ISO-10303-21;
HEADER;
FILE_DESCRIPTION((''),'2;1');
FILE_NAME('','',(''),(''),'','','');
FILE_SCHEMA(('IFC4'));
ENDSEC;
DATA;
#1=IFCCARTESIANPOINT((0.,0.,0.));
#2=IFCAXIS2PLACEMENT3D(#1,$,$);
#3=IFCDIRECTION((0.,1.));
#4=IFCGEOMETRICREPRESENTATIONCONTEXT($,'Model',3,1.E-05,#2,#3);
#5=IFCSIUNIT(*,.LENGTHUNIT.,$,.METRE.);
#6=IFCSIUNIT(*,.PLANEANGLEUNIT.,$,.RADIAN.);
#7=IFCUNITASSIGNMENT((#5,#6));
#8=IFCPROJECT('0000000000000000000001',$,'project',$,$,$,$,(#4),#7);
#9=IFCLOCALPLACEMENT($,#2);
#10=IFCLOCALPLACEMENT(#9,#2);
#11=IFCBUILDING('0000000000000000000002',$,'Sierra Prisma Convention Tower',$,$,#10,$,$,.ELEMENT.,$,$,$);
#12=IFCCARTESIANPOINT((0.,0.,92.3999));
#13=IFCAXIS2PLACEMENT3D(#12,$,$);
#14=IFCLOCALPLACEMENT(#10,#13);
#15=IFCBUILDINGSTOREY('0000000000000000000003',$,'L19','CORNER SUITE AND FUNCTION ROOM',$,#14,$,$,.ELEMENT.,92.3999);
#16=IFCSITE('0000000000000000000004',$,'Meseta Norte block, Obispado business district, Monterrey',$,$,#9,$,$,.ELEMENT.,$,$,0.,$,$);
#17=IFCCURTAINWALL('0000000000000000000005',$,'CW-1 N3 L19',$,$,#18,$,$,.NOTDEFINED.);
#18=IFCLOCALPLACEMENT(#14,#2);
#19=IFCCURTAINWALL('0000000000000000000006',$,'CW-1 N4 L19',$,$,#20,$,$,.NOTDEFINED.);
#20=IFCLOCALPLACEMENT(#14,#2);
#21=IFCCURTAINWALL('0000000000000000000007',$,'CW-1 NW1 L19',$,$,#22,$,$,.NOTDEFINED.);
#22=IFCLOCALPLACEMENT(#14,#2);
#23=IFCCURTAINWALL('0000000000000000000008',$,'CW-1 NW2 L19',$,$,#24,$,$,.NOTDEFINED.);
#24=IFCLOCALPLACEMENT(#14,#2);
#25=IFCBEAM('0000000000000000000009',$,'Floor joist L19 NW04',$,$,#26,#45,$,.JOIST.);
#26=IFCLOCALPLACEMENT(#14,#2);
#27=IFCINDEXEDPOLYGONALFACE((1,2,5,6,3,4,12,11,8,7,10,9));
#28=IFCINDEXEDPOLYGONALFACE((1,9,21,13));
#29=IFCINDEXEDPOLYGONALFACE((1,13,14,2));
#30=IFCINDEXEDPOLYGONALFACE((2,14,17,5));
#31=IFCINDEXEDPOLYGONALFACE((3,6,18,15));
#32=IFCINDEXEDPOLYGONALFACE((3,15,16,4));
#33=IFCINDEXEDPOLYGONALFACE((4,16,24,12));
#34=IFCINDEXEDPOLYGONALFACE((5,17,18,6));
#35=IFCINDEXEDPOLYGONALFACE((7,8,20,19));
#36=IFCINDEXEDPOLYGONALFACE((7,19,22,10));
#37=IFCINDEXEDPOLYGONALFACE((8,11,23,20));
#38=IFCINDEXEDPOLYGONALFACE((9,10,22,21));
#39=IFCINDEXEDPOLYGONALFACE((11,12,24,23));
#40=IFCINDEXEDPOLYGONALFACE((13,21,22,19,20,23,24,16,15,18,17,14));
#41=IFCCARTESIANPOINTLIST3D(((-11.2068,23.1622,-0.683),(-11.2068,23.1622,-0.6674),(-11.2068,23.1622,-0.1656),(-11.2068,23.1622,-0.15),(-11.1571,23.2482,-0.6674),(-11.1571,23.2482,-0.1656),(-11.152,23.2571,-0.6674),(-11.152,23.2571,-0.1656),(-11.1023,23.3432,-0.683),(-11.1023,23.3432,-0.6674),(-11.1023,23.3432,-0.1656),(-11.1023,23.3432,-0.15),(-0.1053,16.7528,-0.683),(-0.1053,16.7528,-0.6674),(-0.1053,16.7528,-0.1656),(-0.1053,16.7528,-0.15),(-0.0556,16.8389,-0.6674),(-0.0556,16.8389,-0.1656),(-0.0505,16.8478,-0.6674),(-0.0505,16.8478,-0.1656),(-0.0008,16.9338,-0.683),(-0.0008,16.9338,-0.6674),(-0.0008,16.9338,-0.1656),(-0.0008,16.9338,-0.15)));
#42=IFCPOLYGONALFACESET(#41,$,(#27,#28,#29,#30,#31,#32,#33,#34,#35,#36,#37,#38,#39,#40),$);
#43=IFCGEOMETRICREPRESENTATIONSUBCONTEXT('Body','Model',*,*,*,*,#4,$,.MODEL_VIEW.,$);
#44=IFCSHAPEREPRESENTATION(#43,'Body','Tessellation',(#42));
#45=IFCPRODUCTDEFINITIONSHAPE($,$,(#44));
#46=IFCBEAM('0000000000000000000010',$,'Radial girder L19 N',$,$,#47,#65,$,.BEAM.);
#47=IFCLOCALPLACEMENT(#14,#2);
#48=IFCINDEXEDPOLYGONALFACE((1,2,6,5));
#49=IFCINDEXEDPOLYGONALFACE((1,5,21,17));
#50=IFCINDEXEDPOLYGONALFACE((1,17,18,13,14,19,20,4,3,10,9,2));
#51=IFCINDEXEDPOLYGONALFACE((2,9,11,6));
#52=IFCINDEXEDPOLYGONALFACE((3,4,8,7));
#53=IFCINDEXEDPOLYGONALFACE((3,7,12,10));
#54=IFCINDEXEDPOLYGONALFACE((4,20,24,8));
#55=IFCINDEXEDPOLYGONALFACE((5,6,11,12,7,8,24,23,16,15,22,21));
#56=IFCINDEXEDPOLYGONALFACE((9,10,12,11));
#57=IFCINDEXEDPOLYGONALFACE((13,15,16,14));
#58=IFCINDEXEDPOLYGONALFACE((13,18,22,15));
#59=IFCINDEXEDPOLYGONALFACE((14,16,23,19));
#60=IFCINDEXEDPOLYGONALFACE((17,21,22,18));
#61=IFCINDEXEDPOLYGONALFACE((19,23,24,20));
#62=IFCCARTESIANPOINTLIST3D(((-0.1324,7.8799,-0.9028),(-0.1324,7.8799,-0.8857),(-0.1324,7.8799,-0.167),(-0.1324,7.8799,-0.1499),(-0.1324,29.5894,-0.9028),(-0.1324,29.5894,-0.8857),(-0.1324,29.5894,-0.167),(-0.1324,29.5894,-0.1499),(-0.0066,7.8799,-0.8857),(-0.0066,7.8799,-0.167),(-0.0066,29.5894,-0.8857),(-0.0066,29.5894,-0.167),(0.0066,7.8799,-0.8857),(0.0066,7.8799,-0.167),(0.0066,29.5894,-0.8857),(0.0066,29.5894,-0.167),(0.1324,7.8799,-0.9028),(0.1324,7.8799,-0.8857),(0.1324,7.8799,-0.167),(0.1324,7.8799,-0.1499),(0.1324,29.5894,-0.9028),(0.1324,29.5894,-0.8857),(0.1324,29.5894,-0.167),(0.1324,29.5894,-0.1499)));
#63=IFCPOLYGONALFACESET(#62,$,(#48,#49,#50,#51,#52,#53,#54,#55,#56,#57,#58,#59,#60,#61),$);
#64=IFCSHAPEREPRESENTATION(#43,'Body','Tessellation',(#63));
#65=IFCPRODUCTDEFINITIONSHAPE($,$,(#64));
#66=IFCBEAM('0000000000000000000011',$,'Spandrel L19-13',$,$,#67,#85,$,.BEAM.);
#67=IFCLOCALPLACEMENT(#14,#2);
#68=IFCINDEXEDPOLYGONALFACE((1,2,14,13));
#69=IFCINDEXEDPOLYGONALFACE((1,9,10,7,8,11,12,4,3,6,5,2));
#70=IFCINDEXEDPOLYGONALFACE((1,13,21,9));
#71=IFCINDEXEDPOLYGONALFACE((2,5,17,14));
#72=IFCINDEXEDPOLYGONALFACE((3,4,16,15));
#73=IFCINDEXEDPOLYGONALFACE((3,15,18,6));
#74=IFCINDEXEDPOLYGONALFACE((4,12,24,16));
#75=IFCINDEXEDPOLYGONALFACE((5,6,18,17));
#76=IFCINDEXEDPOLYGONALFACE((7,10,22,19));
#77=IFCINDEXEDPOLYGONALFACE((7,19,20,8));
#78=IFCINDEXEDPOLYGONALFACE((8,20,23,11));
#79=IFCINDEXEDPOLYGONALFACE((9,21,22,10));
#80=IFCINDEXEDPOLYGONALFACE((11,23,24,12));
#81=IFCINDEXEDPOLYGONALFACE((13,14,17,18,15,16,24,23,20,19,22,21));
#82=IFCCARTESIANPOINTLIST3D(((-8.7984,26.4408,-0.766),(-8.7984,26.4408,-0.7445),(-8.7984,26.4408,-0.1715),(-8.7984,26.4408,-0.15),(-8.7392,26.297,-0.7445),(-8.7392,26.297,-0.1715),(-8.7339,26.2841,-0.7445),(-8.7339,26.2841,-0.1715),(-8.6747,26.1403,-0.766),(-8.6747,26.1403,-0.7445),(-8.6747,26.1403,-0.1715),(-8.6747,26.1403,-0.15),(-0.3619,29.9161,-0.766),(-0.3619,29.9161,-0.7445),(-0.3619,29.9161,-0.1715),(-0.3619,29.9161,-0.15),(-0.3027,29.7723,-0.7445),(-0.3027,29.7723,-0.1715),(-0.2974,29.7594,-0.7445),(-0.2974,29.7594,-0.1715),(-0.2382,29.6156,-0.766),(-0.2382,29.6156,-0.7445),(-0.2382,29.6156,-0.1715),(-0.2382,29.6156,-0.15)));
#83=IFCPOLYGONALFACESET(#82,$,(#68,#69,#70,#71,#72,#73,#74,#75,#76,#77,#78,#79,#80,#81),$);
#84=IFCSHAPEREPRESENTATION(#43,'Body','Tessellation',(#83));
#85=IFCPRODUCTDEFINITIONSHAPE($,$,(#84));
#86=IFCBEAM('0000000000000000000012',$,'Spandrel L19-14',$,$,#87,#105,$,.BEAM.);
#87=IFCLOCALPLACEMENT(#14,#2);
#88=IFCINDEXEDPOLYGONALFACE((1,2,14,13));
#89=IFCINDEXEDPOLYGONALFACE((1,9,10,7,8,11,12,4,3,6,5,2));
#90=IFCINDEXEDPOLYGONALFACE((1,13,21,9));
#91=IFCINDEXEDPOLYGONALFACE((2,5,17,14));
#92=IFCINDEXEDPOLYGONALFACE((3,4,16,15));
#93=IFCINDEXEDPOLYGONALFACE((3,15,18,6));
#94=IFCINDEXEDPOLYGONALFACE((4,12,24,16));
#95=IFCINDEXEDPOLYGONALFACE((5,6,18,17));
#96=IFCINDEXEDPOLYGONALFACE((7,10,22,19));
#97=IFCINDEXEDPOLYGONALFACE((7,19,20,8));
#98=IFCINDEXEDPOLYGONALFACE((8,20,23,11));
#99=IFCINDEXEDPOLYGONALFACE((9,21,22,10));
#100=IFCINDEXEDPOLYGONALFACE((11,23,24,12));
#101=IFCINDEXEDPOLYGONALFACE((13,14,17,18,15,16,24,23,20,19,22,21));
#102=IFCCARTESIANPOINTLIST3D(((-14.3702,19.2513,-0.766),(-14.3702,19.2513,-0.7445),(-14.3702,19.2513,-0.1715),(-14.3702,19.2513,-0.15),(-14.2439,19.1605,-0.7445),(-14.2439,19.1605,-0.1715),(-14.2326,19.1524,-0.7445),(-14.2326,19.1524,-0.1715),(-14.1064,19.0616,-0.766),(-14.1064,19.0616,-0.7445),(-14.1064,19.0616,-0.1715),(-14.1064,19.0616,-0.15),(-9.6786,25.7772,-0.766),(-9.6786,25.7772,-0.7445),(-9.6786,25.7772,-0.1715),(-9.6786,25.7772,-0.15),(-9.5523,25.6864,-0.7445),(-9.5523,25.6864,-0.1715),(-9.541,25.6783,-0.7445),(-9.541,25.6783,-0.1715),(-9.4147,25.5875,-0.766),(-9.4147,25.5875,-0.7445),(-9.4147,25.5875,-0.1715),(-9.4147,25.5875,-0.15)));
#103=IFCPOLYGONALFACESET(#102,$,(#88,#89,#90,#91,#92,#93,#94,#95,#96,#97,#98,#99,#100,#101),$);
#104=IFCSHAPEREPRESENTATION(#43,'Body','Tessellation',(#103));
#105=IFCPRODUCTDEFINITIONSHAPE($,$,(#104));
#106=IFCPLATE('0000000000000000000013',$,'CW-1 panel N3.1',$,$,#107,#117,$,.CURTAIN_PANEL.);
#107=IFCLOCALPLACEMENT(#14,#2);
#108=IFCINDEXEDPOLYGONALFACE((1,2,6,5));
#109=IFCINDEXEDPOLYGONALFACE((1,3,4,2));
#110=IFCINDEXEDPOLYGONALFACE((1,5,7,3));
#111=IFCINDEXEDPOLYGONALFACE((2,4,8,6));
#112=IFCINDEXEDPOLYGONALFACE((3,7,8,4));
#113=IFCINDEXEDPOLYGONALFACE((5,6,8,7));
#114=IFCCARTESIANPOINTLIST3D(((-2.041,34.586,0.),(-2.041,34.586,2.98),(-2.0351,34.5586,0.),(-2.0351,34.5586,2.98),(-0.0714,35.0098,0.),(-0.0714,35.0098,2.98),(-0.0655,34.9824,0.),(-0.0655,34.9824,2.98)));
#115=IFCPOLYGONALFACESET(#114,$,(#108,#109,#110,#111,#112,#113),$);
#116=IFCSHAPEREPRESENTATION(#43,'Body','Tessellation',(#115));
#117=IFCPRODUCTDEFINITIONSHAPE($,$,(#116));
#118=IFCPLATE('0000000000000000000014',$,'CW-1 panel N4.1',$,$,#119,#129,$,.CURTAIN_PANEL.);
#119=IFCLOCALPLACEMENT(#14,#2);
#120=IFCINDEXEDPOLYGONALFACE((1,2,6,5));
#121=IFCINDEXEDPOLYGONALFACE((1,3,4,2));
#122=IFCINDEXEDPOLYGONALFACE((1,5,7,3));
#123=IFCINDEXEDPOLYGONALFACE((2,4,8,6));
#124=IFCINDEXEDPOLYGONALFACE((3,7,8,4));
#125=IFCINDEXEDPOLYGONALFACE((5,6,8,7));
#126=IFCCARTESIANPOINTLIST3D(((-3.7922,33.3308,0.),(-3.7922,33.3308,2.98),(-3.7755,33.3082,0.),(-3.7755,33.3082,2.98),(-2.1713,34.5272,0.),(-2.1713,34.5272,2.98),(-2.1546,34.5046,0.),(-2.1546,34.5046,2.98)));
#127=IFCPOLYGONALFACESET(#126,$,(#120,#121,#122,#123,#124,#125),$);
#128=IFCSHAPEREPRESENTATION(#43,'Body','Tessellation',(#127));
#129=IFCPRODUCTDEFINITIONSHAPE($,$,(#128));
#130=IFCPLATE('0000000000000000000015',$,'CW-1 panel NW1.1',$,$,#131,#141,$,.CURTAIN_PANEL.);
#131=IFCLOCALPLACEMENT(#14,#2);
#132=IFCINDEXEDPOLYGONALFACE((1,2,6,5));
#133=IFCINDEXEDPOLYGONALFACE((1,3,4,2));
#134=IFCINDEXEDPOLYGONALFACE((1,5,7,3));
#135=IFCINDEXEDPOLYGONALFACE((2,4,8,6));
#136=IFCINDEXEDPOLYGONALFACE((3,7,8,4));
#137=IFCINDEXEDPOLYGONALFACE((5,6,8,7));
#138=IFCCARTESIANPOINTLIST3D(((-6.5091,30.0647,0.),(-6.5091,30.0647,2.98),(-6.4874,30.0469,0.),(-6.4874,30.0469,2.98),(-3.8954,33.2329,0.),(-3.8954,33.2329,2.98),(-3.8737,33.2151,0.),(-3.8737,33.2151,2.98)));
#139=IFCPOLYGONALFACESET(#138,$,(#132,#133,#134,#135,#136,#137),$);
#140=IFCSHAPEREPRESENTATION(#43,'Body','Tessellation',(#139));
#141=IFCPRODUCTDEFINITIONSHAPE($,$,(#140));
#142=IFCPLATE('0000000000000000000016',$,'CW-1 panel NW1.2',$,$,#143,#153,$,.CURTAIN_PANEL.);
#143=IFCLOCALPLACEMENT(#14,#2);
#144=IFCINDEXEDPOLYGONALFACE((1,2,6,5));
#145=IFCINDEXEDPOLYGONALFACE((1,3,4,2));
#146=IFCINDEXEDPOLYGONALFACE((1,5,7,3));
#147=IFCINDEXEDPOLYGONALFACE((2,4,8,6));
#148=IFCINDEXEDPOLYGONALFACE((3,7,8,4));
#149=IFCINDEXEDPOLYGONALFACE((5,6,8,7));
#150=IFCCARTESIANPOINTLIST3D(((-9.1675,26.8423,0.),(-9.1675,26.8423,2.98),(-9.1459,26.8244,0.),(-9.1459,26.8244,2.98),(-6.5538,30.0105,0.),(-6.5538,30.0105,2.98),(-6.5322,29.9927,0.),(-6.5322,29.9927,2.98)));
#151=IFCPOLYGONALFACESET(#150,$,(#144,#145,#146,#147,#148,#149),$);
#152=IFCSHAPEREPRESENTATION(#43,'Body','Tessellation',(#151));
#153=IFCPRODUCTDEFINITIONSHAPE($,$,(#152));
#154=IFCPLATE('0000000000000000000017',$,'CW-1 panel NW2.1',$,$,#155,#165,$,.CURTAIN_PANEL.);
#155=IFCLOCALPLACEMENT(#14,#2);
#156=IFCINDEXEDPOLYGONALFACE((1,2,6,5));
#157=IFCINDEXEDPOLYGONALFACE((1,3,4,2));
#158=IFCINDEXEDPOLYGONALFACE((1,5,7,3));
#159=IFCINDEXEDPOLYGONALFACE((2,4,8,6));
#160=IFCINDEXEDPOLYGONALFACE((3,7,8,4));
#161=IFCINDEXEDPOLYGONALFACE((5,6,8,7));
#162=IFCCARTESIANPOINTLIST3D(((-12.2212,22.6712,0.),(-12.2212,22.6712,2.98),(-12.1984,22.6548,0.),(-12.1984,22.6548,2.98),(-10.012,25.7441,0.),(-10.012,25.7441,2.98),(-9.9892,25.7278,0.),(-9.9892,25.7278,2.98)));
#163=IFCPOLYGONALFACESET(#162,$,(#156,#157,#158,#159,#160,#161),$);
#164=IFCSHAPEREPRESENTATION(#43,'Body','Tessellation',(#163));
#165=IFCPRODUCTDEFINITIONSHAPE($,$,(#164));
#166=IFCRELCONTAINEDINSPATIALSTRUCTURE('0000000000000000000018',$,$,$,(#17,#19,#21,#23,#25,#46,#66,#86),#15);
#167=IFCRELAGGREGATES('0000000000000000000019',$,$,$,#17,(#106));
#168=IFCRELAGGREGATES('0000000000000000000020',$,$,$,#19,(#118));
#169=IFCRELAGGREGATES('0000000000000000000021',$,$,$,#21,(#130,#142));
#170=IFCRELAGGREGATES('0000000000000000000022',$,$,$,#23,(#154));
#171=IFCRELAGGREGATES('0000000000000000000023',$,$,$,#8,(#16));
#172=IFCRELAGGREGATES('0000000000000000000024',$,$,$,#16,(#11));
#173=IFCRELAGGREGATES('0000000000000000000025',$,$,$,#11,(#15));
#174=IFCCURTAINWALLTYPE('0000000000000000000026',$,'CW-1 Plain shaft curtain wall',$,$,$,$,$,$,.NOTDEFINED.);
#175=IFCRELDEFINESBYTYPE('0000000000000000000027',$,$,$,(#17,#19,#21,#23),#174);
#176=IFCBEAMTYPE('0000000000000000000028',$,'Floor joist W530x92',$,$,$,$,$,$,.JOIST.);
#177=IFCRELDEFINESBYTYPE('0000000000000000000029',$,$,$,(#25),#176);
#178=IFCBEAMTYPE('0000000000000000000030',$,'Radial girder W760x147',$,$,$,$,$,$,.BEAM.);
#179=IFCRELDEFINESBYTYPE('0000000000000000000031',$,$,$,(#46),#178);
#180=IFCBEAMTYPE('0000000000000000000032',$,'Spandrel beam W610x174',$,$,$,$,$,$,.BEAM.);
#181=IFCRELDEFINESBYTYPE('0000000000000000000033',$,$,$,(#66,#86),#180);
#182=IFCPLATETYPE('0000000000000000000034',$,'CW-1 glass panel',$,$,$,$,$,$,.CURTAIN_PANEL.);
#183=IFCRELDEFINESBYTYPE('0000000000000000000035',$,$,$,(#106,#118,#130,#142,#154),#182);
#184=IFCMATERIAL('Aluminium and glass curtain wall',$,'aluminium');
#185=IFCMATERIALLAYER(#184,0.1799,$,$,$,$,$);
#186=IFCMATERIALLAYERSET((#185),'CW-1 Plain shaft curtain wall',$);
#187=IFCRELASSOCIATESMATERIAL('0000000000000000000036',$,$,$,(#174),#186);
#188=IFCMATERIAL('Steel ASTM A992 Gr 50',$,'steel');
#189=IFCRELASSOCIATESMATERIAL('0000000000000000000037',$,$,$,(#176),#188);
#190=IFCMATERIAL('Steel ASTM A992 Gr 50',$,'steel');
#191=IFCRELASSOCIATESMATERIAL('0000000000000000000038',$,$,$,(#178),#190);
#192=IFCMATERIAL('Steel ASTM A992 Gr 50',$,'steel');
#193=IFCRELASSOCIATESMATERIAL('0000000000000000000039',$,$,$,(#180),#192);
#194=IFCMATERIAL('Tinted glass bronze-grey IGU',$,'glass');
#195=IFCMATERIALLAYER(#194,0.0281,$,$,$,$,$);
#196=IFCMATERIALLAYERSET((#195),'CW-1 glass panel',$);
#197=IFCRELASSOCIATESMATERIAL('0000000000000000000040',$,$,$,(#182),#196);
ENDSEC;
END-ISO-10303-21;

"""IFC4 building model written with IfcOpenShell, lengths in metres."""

from ifc_helpers import new_model, si_unit, direction, frame, origin, origin_2d, place, context, subcontext, project, spatial, rectangle, i_section, extrude, material, layer, layer_set, material_profile, profile_set, type_object, element, aggregate, save


model = new_model("IFC4")

# Units and contexts
model_context = context("Model", 3, precision=1e-05, world=origin(), true_north=direction((0.0, 1.0)))
body_context = subcontext(model_context, "Body", "Model", "MODEL_VIEW")
ifc_project = project(units=[si_unit("LENGTHUNIT", "METRE"), si_unit("PLANEANGLEUNIT", "RADIAN")], contexts=[model_context])

# Site, building, storey
site_placement = place(None, origin())
site = spatial("IfcSite", under=ifc_project, at=site_placement, Name="Meseta Norte block, Obispado business district, Monterrey", CompositionType="ELEMENT", RefElevation=0.0)
building_placement = place(site_placement, origin())
building = spatial("IfcBuilding", under=site, at=building_placement, Name="Sierra Prisma Convention Tower", CompositionType="ELEMENT")
storey_placement = place(building_placement, frame((0.0, 0.0, 92.3999)))
storey = spatial("IfcBuildingStorey", under=building, at=storey_placement, Name="L19", Description="CORNER SUITE AND FUNCTION ROOM", CompositionType="ELEMENT", Elevation=92.3999)

# Curtain walls
ifc_material_1 = material(Name="Aluminium and glass curtain wall", Category="aluminium")
ifc_layer_1 = layer(ifc_material_1, 0.1799)
ifc_layer_set_1 = layer_set([ifc_layer_1], Name="CW-1 Plain shaft curtain wall")
curtain_wall_type = type_object("IfcCurtainWallType", Name="CW-1 Plain shaft curtain wall", PredefinedType="NOTDEFINED", material=ifc_layer_set_1)
curtain_wall_1_placement = place(storey_placement, origin())
curtain_wall_1 = element("IfcCurtainWall", 1, at=curtain_wall_1_placement, inside=storey, type_object=curtain_wall_type, Name="CW-1 N3 L19", PredefinedType="NOTDEFINED")
curtain_wall_2_placement = place(storey_placement, origin())
curtain_wall_2 = element("IfcCurtainWall", 2, at=curtain_wall_2_placement, inside=storey, type_object=curtain_wall_type, Name="CW-1 N4 L19", PredefinedType="NOTDEFINED")

# Curtain wall
curtain_wall_3_placement = place(storey_placement, origin())
curtain_wall_3 = element("IfcCurtainWall", 3, at=curtain_wall_3_placement, inside=storey, type_object=curtain_wall_type, Name="CW-1 NW1 L19", PredefinedType="NOTDEFINED")

# Curtain wall
curtain_wall_4_placement = place(storey_placement, origin())
curtain_wall_4 = element("IfcCurtainWall", 4, at=curtain_wall_4_placement, inside=storey, type_object=curtain_wall_type, Name="CW-1 NW2 L19", PredefinedType="NOTDEFINED")

# Beams
ifc_material_2 = material(Name="Steel ASTM A992 Gr 50", Category="steel")
ifc_material_profile_1 = material_profile(ifc_material_2, i_section(OverallWidth=0.209, OverallDepth=0.533, WebThickness=0.0103, FlangeThickness=0.0156, at=origin_2d()), Name="W530x92")
ifc_profile_set_1 = profile_set([ifc_material_profile_1], Name="Steel ASTM A992 Gr 50")
beam_type_1 = type_object("IfcBeamType", Name="Floor joist W530x92", PredefinedType="JOIST", material=ifc_profile_set_1)
beam_1_placement = place(storey_placement, frame((-11.1545, 23.2527, -0.4165), z_axis=(0.866028, -0.499996, 0.0), x_axis=(0.499996, 0.866028, 0.0)))
element("IfcBeam", 5, at=beam_1_placement, inside=storey, type_object=beam_type_1, Name="Floor joist L19 NW04", PredefinedType="JOIST", context=body_context, shape_type="SweptSolid", body=[
    extrude(i_section(OverallWidth=0.209, OverallDepth=0.533, WebThickness=0.0103, FlangeThickness=0.0156, at=origin_2d()), origin(), (0.0, 0.0, 1.0), 12.8188),
])
ifc_material_3 = material(Name="Steel ASTM A992 Gr 50", Category="steel")
ifc_material_profile_2 = material_profile(ifc_material_3, i_section(OverallWidth=0.2649, OverallDepth=0.7529, WebThickness=0.0132, FlangeThickness=0.0171, at=origin_2d()), Name="W760x147")
ifc_profile_set_2 = profile_set([ifc_material_profile_2], Name="Steel ASTM A992 Gr 50")
beam_type_2 = type_object("IfcBeamType", Name="Radial girder W760x147", PredefinedType="BEAM", material=ifc_profile_set_2)
beam_2_placement = place(storey_placement, frame((0.0, 29.5894, -0.5264), z_axis=(0.0, -1.0, 0.0), x_axis=(1.0, 0.0, 0.0)))
element("IfcBeam", 6, at=beam_2_placement, inside=storey, type_object=beam_type_2, Name="Radial girder L19 N", PredefinedType="BEAM", context=body_context, shape_type="SweptSolid", body=[
    extrude(i_section(OverallWidth=0.2649, OverallDepth=0.7529, WebThickness=0.0132, FlangeThickness=0.0171, at=origin_2d()), origin(), (0.0, 0.0, 1.0), 21.7095),
])
ifc_material_4 = material(Name="Steel ASTM A992 Gr 50", Category="steel")
ifc_material_profile_3 = material_profile(ifc_material_4, i_section(OverallWidth=0.325, OverallDepth=0.616, WebThickness=0.0139, FlangeThickness=0.0215, at=origin_2d()), Name="W610x174")
ifc_profile_set_3 = profile_set([ifc_material_profile_3], Name="Steel ASTM A992 Gr 50")
beam_type_3 = type_object("IfcBeamType", Name="Spandrel beam W610x174", PredefinedType="BEAM", material=ifc_profile_set_3)
beam_3_placement = place(storey_placement, frame((-0.3, 29.7659, -0.458), z_axis=(-0.924621, -0.380888, 0.0), x_axis=(0.380888, -0.924621, 0.0)))
element("IfcBeam", 7, at=beam_3_placement, inside=storey, type_object=beam_type_3, Name="Spandrel L19-13", PredefinedType="BEAM", context=body_context, shape_type="SweptSolid", body=[
    extrude(i_section(OverallWidth=0.325, OverallDepth=0.616, WebThickness=0.0139, FlangeThickness=0.0215, at=origin_2d()), origin(), (0.0, 0.0, 1.0), 9.1243),
])
beam_4_placement = place(storey_placement, frame((-9.5466, 25.6824, -0.458), z_axis=(-0.583732, -0.811946, 0.0), x_axis=(0.811946, -0.583732, 0.0)))
element("IfcBeam", 8, at=beam_4_placement, inside=storey, type_object=beam_type_3, Name="Spandrel L19-14", PredefinedType="BEAM", context=body_context, shape_type="SweptSolid", body=[
    extrude(i_section(OverallWidth=0.325, OverallDepth=0.616, WebThickness=0.0139, FlangeThickness=0.0215, at=origin_2d()), origin(), (0.0, 0.0, 1.0), 8.0374),
])

# Plates
ifc_material_5 = material(Name="Tinted glass bronze-grey IGU", Category="glass")
ifc_layer_2 = layer(ifc_material_5, 0.0281)
ifc_layer_set_2 = layer_set([ifc_layer_2], Name="CW-1 glass panel")
plate_type = type_object("IfcPlateType", Name="CW-1 glass panel", PredefinedType="CURTAIN_PANEL", material=ifc_layer_set_2)
plate_1_placement = place(storey_placement, frame((-1.0532, 34.7842, 0.0), z_axis=(0.0, 0.0, 1.0), x_axis=(-0.977624, -0.21036, 0.0)))
plate_1 = element("IfcPlate", 9, at=plate_1_placement, type_object=plate_type, Name="CW-1 panel N3.1", PredefinedType="CURTAIN_PANEL", context=body_context, shape_type="SweptSolid", body=[
    extrude(rectangle(XDim=2.0146, YDim=0.0281, at=origin_2d()), origin(), (0.0, 0.0, 1.0), 2.98),
])
aggregate(curtain_wall_1, [plate_1])
plate_2_placement = place(storey_placement, frame((-2.9734, 33.9177, 0.0), z_axis=(0.0, 0.0, 1.0), x_axis=(-0.804579, -0.593846, 0.0)))
plate_2 = element("IfcPlate", 10, at=plate_2_placement, type_object=plate_type, Name="CW-1 panel N4.1", PredefinedType="CURTAIN_PANEL", context=body_context, shape_type="SweptSolid", body=[
    extrude(rectangle(XDim=2.0146, YDim=0.0281, at=origin_2d()), origin(), (0.0, 0.0, 1.0), 2.98),
])
aggregate(curtain_wall_2, [plate_2])
plate_3_placement = place(storey_placement, frame((-5.1914, 31.6399, 0.0), z_axis=(0.0, 0.0, 1.0), x_axis=(-0.636371, -0.771383, 0.0)))
plate_3 = element("IfcPlate", 11, at=plate_3_placement, type_object=plate_type, Name="CW-1 panel NW1.1", PredefinedType="CURTAIN_PANEL", context=body_context, shape_type="SweptSolid", body=[
    extrude(rectangle(XDim=4.1072, YDim=0.0281, at=origin_2d()), origin(), (0.0, 0.0, 1.0), 2.98),
])
plate_4_placement = place(storey_placement, frame((-7.8499, 28.4175, 0.0), z_axis=(0.0, 0.0, 1.0), x_axis=(-0.636371, -0.771383, 0.0)))
plate_4 = element("IfcPlate", 12, at=plate_4_placement, type_object=plate_type, Name="CW-1 panel NW1.2", PredefinedType="CURTAIN_PANEL", context=body_context, shape_type="SweptSolid", body=[
    extrude(rectangle(XDim=4.1072, YDim=0.0281, at=origin_2d()), origin(), (0.0, 0.0, 1.0), 2.98),
])
aggregate(curtain_wall_3, [plate_3, plate_4])
plate_5_placement = place(storey_placement, frame((-11.1052, 24.1995, 0.0), z_axis=(0.0, 0.0, 1.0), x_axis=(-0.583726, -0.811951, 0.0)))
plate_5 = element("IfcPlate", 13, at=plate_5_placement, type_object=plate_type, Name="CW-1 panel NW2.1", PredefinedType="CURTAIN_PANEL", context=body_context, shape_type="SweptSolid", body=[
    extrude(rectangle(XDim=3.7847, YDim=0.0281, at=origin_2d()), origin(), (0.0, 0.0, 1.0), 2.98),
])
aggregate(curtain_wall_4, [plate_5])

save(model, "model.ifc")
